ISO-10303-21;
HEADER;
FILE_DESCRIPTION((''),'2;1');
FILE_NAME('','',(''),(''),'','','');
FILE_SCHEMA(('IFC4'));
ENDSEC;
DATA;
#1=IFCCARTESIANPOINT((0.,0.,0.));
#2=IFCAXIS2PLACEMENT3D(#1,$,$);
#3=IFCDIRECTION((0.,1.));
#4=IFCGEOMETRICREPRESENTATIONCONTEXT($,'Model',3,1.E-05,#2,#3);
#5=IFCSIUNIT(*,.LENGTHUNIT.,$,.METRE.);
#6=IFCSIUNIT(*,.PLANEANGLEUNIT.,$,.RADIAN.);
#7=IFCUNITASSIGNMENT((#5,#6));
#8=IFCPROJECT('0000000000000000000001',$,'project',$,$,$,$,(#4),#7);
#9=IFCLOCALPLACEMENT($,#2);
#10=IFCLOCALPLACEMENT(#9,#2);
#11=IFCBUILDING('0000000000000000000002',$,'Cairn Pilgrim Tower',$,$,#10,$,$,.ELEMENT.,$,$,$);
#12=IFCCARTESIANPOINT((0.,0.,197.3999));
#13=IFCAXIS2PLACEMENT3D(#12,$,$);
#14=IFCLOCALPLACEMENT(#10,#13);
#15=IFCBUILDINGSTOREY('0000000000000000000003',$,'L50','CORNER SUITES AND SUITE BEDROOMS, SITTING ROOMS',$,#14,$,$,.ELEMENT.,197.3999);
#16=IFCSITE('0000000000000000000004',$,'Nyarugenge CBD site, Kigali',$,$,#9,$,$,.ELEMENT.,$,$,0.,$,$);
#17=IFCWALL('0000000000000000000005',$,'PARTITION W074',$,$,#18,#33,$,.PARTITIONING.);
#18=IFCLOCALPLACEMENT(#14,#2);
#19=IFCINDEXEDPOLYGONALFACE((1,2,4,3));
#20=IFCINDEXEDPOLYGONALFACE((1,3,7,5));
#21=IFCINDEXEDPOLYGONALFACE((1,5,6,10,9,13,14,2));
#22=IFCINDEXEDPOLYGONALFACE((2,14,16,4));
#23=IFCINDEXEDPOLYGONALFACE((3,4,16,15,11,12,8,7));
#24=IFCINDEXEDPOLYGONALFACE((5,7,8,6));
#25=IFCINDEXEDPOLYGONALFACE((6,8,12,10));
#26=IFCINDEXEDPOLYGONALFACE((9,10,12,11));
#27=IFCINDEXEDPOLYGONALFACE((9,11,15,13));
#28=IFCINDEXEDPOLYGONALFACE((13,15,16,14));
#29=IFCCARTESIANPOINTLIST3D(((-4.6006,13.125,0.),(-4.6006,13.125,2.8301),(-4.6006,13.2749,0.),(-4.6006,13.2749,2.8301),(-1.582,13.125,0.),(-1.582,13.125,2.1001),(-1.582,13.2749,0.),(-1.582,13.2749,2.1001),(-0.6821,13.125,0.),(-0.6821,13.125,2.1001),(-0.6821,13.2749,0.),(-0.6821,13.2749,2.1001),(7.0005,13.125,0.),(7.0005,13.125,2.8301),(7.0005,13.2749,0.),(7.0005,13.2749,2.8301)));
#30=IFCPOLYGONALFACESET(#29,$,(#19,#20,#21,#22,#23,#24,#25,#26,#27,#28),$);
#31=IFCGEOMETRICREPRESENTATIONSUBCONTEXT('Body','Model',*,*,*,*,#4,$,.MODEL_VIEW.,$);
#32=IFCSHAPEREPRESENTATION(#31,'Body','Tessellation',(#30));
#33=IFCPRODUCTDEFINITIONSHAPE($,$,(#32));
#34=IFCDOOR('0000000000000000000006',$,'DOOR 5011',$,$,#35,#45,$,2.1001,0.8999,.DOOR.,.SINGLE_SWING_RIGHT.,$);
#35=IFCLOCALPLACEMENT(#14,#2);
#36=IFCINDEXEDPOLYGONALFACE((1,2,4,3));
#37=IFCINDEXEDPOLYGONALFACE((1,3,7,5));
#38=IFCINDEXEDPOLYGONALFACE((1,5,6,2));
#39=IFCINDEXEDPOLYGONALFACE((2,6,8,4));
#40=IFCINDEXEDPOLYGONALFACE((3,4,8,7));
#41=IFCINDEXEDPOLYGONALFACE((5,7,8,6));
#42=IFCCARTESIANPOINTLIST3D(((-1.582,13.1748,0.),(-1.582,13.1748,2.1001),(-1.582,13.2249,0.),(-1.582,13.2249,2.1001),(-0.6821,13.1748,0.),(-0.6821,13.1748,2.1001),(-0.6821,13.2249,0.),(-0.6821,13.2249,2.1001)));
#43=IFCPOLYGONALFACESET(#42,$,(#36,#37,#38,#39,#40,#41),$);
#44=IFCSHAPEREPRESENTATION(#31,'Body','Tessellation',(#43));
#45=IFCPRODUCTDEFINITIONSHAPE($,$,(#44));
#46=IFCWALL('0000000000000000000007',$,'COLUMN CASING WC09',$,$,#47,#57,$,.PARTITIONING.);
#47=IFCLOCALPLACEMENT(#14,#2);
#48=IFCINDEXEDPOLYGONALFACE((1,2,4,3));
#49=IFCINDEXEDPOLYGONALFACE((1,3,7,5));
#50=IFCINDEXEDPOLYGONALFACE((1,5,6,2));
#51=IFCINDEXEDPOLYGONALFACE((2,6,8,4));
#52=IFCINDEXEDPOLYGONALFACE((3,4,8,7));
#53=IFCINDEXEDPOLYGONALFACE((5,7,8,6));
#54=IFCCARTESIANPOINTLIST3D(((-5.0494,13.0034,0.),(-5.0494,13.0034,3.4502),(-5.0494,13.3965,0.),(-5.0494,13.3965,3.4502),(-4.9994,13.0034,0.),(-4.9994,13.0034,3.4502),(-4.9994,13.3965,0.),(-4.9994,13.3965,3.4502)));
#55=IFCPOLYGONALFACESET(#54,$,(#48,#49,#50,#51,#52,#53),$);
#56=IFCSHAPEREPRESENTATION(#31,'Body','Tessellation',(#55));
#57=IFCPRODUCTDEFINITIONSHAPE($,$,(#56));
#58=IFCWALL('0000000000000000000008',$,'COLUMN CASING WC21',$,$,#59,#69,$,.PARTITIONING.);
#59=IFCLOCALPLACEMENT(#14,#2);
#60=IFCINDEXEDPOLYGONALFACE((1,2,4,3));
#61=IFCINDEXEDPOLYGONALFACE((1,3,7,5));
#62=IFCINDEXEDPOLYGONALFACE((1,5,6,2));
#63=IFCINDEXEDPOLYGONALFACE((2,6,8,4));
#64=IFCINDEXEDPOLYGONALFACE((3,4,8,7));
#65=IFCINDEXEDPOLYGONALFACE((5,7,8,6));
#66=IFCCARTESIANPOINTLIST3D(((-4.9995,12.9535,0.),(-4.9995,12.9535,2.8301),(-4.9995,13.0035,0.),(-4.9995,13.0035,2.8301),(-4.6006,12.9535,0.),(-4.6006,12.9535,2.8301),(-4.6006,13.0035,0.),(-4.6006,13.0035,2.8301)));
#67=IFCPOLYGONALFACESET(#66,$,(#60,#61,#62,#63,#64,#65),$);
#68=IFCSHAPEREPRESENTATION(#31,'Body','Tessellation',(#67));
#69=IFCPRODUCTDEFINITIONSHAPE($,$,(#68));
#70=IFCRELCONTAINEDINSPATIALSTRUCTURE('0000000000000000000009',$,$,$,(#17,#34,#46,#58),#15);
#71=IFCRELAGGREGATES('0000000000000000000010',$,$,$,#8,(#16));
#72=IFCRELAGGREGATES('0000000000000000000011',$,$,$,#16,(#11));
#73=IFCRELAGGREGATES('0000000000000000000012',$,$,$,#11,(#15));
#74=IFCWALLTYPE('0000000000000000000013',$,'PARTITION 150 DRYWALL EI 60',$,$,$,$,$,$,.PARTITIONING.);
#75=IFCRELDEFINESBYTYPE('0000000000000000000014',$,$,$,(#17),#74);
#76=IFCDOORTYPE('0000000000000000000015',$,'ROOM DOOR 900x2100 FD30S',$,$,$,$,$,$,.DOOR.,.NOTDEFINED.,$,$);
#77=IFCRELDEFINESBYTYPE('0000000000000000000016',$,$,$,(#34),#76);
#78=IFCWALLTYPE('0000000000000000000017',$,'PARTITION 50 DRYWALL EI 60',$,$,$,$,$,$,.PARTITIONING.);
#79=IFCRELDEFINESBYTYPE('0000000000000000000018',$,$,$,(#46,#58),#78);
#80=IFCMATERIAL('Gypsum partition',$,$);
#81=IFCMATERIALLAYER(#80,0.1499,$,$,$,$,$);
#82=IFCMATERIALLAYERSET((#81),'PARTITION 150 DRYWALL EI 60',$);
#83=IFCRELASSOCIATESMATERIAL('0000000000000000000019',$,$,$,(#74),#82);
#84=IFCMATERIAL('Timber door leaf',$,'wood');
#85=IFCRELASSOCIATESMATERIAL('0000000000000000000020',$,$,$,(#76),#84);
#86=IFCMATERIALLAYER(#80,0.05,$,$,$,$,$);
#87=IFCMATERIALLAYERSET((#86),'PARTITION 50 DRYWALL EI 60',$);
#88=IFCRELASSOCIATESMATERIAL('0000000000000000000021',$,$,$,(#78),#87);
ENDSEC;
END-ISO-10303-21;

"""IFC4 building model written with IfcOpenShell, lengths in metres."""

from ifc_helpers import new_model, si_unit, direction, frame, frame_2d, origin, place, context, subcontext, project, spatial, rectangle, extrude, material, layer, layer_set, type_object, element, fill, save


model = new_model("IFC4")

# Units and contexts
model_context = context("Model", 3, precision=1e-05, world=origin(), true_north=direction((0.0, 1.0)))
body_context = subcontext(model_context, "Body", "Model", "MODEL_VIEW")
ifc_project = project(units=[si_unit("LENGTHUNIT", "METRE"), si_unit("PLANEANGLEUNIT", "RADIAN")], contexts=[model_context])

# Site, building, storey
site_placement = place(None, origin())
site = spatial("IfcSite", under=ifc_project, at=site_placement, Name="Nyarugenge CBD site, Kigali", CompositionType="ELEMENT", RefElevation=0.0)
building_placement = place(site_placement, origin())
building = spatial("IfcBuilding", under=site, at=building_placement, Name="Cairn Pilgrim Tower", CompositionType="ELEMENT")
storey_placement = place(building_placement, frame((0.0, 0.0, 197.3999)))
storey = spatial("IfcBuildingStorey", under=building, at=storey_placement, Name="L50", Description="CORNER SUITES AND SUITE BEDROOMS, SITTING ROOMS", CompositionType="ELEMENT", Elevation=197.3999)

# Wall, opening, door
ifc_material_1 = material(Name="Gypsum partition")
ifc_layer_1 = layer(ifc_material_1, 0.1499)
ifc_layer_set_1 = layer_set([ifc_layer_1], Name="PARTITION 150 DRYWALL EI 60")
wall_type_1 = type_object("IfcWallType", Name="PARTITION 150 DRYWALL EI 60", PredefinedType="PARTITIONING", material=ifc_layer_set_1)
wall_1_placement = place(storey_placement, frame((-4.6006, 13.2, 0.0), z_axis=(0.0, 0.0, 1.0), x_axis=(1.0, 0.0, 0.0)))
wall_1 = element("IfcWall", 1, at=wall_1_placement, inside=storey, type_object=wall_type_1, Name="PARTITION W074", PredefinedType="PARTITIONING", context=body_context, shape_type="SweptSolid", body=[
    extrude(rectangle(XDim=11.6011, YDim=0.1499, at=frame_2d((5.8005, 0.0))), origin(), (0.0, 0.0, 1.0), 2.8301),
])
opening_placement = place(wall_1_placement, frame((3.0186, 0.0, 0.0)))
opening = element("IfcOpeningElement", 2, at=opening_placement, cuts=wall_1, PredefinedType="OPENING", context=body_context, shape_type="SweptSolid", body=[
    extrude(rectangle(XDim=0.8999, YDim=2.1001, at=frame_2d((0.45, 1.05))), frame((0.0, 0.085, 0.0), z_axis=(0.0, -1.0, 0.0), x_axis=(1.0, 0.0, 0.0)), (0.0, 0.0, 1.0), 0.1699),
])
ifc_material_2 = material(Name="Timber door leaf", Category="wood")
door_type = type_object("IfcDoorType", Name="ROOM DOOR 900x2100 FD30S", OperationType="NOTDEFINED", PredefinedType="DOOR", material=ifc_material_2)
door_placement = place(opening_placement, origin())
door = element("IfcDoor", 3, at=door_placement, inside=storey, type_object=door_type, Name="DOOR 5011", OperationType="SINGLE_SWING_RIGHT", OverallHeight=2.1001, OverallWidth=0.8999, PredefinedType="DOOR", context=body_context, shape_type="SweptSolid", body=[
    extrude(rectangle(XDim=0.8999, YDim=2.1001, at=frame_2d((0.45, 1.05))), frame((0.0, 0.0249, 0.0), z_axis=(0.0, -1.0, 0.0), x_axis=(1.0, 0.0, 0.0)), (0.0, 0.0, 1.0), 0.05),
])
fill(opening, door)

# Walls
ifc_layer_2 = layer(ifc_material_1, 0.05)
ifc_layer_set_2 = layer_set([ifc_layer_2], Name="PARTITION 50 DRYWALL EI 60")
wall_type_2 = type_object("IfcWallType", Name="PARTITION 50 DRYWALL EI 60", PredefinedType="PARTITIONING", material=ifc_layer_set_2)
wall_2_placement = place(storey_placement, frame((-5.0244, 13.0034, 0.0), z_axis=(0.0, 0.0, 1.0), x_axis=(0.0, 1.0, 0.0)))
element("IfcWall", 4, at=wall_2_placement, inside=storey, type_object=wall_type_2, Name="COLUMN CASING WC09", PredefinedType="PARTITIONING", context=body_context, shape_type="SweptSolid", body=[
    extrude(rectangle(XDim=0.3931, YDim=0.05, at=frame_2d((0.1965, 0.0))), origin(), (0.0, 0.0, 1.0), 3.4502),
])
wall_3_placement = place(storey_placement, frame((-4.9995, 12.9785, 0.0), z_axis=(0.0, 0.0, 1.0), x_axis=(1.0, 0.0, 0.0)))
element("IfcWall", 5, at=wall_3_placement, inside=storey, type_object=wall_type_2, Name="COLUMN CASING WC21", PredefinedType="PARTITIONING", context=body_context, shape_type="SweptSolid", body=[
    extrude(rectangle(XDim=0.3989, YDim=0.05, at=frame_2d((0.1995, 0.0))), origin(), (0.0, 0.0, 1.0), 2.8301),
])

save(model, "model.ifc")
